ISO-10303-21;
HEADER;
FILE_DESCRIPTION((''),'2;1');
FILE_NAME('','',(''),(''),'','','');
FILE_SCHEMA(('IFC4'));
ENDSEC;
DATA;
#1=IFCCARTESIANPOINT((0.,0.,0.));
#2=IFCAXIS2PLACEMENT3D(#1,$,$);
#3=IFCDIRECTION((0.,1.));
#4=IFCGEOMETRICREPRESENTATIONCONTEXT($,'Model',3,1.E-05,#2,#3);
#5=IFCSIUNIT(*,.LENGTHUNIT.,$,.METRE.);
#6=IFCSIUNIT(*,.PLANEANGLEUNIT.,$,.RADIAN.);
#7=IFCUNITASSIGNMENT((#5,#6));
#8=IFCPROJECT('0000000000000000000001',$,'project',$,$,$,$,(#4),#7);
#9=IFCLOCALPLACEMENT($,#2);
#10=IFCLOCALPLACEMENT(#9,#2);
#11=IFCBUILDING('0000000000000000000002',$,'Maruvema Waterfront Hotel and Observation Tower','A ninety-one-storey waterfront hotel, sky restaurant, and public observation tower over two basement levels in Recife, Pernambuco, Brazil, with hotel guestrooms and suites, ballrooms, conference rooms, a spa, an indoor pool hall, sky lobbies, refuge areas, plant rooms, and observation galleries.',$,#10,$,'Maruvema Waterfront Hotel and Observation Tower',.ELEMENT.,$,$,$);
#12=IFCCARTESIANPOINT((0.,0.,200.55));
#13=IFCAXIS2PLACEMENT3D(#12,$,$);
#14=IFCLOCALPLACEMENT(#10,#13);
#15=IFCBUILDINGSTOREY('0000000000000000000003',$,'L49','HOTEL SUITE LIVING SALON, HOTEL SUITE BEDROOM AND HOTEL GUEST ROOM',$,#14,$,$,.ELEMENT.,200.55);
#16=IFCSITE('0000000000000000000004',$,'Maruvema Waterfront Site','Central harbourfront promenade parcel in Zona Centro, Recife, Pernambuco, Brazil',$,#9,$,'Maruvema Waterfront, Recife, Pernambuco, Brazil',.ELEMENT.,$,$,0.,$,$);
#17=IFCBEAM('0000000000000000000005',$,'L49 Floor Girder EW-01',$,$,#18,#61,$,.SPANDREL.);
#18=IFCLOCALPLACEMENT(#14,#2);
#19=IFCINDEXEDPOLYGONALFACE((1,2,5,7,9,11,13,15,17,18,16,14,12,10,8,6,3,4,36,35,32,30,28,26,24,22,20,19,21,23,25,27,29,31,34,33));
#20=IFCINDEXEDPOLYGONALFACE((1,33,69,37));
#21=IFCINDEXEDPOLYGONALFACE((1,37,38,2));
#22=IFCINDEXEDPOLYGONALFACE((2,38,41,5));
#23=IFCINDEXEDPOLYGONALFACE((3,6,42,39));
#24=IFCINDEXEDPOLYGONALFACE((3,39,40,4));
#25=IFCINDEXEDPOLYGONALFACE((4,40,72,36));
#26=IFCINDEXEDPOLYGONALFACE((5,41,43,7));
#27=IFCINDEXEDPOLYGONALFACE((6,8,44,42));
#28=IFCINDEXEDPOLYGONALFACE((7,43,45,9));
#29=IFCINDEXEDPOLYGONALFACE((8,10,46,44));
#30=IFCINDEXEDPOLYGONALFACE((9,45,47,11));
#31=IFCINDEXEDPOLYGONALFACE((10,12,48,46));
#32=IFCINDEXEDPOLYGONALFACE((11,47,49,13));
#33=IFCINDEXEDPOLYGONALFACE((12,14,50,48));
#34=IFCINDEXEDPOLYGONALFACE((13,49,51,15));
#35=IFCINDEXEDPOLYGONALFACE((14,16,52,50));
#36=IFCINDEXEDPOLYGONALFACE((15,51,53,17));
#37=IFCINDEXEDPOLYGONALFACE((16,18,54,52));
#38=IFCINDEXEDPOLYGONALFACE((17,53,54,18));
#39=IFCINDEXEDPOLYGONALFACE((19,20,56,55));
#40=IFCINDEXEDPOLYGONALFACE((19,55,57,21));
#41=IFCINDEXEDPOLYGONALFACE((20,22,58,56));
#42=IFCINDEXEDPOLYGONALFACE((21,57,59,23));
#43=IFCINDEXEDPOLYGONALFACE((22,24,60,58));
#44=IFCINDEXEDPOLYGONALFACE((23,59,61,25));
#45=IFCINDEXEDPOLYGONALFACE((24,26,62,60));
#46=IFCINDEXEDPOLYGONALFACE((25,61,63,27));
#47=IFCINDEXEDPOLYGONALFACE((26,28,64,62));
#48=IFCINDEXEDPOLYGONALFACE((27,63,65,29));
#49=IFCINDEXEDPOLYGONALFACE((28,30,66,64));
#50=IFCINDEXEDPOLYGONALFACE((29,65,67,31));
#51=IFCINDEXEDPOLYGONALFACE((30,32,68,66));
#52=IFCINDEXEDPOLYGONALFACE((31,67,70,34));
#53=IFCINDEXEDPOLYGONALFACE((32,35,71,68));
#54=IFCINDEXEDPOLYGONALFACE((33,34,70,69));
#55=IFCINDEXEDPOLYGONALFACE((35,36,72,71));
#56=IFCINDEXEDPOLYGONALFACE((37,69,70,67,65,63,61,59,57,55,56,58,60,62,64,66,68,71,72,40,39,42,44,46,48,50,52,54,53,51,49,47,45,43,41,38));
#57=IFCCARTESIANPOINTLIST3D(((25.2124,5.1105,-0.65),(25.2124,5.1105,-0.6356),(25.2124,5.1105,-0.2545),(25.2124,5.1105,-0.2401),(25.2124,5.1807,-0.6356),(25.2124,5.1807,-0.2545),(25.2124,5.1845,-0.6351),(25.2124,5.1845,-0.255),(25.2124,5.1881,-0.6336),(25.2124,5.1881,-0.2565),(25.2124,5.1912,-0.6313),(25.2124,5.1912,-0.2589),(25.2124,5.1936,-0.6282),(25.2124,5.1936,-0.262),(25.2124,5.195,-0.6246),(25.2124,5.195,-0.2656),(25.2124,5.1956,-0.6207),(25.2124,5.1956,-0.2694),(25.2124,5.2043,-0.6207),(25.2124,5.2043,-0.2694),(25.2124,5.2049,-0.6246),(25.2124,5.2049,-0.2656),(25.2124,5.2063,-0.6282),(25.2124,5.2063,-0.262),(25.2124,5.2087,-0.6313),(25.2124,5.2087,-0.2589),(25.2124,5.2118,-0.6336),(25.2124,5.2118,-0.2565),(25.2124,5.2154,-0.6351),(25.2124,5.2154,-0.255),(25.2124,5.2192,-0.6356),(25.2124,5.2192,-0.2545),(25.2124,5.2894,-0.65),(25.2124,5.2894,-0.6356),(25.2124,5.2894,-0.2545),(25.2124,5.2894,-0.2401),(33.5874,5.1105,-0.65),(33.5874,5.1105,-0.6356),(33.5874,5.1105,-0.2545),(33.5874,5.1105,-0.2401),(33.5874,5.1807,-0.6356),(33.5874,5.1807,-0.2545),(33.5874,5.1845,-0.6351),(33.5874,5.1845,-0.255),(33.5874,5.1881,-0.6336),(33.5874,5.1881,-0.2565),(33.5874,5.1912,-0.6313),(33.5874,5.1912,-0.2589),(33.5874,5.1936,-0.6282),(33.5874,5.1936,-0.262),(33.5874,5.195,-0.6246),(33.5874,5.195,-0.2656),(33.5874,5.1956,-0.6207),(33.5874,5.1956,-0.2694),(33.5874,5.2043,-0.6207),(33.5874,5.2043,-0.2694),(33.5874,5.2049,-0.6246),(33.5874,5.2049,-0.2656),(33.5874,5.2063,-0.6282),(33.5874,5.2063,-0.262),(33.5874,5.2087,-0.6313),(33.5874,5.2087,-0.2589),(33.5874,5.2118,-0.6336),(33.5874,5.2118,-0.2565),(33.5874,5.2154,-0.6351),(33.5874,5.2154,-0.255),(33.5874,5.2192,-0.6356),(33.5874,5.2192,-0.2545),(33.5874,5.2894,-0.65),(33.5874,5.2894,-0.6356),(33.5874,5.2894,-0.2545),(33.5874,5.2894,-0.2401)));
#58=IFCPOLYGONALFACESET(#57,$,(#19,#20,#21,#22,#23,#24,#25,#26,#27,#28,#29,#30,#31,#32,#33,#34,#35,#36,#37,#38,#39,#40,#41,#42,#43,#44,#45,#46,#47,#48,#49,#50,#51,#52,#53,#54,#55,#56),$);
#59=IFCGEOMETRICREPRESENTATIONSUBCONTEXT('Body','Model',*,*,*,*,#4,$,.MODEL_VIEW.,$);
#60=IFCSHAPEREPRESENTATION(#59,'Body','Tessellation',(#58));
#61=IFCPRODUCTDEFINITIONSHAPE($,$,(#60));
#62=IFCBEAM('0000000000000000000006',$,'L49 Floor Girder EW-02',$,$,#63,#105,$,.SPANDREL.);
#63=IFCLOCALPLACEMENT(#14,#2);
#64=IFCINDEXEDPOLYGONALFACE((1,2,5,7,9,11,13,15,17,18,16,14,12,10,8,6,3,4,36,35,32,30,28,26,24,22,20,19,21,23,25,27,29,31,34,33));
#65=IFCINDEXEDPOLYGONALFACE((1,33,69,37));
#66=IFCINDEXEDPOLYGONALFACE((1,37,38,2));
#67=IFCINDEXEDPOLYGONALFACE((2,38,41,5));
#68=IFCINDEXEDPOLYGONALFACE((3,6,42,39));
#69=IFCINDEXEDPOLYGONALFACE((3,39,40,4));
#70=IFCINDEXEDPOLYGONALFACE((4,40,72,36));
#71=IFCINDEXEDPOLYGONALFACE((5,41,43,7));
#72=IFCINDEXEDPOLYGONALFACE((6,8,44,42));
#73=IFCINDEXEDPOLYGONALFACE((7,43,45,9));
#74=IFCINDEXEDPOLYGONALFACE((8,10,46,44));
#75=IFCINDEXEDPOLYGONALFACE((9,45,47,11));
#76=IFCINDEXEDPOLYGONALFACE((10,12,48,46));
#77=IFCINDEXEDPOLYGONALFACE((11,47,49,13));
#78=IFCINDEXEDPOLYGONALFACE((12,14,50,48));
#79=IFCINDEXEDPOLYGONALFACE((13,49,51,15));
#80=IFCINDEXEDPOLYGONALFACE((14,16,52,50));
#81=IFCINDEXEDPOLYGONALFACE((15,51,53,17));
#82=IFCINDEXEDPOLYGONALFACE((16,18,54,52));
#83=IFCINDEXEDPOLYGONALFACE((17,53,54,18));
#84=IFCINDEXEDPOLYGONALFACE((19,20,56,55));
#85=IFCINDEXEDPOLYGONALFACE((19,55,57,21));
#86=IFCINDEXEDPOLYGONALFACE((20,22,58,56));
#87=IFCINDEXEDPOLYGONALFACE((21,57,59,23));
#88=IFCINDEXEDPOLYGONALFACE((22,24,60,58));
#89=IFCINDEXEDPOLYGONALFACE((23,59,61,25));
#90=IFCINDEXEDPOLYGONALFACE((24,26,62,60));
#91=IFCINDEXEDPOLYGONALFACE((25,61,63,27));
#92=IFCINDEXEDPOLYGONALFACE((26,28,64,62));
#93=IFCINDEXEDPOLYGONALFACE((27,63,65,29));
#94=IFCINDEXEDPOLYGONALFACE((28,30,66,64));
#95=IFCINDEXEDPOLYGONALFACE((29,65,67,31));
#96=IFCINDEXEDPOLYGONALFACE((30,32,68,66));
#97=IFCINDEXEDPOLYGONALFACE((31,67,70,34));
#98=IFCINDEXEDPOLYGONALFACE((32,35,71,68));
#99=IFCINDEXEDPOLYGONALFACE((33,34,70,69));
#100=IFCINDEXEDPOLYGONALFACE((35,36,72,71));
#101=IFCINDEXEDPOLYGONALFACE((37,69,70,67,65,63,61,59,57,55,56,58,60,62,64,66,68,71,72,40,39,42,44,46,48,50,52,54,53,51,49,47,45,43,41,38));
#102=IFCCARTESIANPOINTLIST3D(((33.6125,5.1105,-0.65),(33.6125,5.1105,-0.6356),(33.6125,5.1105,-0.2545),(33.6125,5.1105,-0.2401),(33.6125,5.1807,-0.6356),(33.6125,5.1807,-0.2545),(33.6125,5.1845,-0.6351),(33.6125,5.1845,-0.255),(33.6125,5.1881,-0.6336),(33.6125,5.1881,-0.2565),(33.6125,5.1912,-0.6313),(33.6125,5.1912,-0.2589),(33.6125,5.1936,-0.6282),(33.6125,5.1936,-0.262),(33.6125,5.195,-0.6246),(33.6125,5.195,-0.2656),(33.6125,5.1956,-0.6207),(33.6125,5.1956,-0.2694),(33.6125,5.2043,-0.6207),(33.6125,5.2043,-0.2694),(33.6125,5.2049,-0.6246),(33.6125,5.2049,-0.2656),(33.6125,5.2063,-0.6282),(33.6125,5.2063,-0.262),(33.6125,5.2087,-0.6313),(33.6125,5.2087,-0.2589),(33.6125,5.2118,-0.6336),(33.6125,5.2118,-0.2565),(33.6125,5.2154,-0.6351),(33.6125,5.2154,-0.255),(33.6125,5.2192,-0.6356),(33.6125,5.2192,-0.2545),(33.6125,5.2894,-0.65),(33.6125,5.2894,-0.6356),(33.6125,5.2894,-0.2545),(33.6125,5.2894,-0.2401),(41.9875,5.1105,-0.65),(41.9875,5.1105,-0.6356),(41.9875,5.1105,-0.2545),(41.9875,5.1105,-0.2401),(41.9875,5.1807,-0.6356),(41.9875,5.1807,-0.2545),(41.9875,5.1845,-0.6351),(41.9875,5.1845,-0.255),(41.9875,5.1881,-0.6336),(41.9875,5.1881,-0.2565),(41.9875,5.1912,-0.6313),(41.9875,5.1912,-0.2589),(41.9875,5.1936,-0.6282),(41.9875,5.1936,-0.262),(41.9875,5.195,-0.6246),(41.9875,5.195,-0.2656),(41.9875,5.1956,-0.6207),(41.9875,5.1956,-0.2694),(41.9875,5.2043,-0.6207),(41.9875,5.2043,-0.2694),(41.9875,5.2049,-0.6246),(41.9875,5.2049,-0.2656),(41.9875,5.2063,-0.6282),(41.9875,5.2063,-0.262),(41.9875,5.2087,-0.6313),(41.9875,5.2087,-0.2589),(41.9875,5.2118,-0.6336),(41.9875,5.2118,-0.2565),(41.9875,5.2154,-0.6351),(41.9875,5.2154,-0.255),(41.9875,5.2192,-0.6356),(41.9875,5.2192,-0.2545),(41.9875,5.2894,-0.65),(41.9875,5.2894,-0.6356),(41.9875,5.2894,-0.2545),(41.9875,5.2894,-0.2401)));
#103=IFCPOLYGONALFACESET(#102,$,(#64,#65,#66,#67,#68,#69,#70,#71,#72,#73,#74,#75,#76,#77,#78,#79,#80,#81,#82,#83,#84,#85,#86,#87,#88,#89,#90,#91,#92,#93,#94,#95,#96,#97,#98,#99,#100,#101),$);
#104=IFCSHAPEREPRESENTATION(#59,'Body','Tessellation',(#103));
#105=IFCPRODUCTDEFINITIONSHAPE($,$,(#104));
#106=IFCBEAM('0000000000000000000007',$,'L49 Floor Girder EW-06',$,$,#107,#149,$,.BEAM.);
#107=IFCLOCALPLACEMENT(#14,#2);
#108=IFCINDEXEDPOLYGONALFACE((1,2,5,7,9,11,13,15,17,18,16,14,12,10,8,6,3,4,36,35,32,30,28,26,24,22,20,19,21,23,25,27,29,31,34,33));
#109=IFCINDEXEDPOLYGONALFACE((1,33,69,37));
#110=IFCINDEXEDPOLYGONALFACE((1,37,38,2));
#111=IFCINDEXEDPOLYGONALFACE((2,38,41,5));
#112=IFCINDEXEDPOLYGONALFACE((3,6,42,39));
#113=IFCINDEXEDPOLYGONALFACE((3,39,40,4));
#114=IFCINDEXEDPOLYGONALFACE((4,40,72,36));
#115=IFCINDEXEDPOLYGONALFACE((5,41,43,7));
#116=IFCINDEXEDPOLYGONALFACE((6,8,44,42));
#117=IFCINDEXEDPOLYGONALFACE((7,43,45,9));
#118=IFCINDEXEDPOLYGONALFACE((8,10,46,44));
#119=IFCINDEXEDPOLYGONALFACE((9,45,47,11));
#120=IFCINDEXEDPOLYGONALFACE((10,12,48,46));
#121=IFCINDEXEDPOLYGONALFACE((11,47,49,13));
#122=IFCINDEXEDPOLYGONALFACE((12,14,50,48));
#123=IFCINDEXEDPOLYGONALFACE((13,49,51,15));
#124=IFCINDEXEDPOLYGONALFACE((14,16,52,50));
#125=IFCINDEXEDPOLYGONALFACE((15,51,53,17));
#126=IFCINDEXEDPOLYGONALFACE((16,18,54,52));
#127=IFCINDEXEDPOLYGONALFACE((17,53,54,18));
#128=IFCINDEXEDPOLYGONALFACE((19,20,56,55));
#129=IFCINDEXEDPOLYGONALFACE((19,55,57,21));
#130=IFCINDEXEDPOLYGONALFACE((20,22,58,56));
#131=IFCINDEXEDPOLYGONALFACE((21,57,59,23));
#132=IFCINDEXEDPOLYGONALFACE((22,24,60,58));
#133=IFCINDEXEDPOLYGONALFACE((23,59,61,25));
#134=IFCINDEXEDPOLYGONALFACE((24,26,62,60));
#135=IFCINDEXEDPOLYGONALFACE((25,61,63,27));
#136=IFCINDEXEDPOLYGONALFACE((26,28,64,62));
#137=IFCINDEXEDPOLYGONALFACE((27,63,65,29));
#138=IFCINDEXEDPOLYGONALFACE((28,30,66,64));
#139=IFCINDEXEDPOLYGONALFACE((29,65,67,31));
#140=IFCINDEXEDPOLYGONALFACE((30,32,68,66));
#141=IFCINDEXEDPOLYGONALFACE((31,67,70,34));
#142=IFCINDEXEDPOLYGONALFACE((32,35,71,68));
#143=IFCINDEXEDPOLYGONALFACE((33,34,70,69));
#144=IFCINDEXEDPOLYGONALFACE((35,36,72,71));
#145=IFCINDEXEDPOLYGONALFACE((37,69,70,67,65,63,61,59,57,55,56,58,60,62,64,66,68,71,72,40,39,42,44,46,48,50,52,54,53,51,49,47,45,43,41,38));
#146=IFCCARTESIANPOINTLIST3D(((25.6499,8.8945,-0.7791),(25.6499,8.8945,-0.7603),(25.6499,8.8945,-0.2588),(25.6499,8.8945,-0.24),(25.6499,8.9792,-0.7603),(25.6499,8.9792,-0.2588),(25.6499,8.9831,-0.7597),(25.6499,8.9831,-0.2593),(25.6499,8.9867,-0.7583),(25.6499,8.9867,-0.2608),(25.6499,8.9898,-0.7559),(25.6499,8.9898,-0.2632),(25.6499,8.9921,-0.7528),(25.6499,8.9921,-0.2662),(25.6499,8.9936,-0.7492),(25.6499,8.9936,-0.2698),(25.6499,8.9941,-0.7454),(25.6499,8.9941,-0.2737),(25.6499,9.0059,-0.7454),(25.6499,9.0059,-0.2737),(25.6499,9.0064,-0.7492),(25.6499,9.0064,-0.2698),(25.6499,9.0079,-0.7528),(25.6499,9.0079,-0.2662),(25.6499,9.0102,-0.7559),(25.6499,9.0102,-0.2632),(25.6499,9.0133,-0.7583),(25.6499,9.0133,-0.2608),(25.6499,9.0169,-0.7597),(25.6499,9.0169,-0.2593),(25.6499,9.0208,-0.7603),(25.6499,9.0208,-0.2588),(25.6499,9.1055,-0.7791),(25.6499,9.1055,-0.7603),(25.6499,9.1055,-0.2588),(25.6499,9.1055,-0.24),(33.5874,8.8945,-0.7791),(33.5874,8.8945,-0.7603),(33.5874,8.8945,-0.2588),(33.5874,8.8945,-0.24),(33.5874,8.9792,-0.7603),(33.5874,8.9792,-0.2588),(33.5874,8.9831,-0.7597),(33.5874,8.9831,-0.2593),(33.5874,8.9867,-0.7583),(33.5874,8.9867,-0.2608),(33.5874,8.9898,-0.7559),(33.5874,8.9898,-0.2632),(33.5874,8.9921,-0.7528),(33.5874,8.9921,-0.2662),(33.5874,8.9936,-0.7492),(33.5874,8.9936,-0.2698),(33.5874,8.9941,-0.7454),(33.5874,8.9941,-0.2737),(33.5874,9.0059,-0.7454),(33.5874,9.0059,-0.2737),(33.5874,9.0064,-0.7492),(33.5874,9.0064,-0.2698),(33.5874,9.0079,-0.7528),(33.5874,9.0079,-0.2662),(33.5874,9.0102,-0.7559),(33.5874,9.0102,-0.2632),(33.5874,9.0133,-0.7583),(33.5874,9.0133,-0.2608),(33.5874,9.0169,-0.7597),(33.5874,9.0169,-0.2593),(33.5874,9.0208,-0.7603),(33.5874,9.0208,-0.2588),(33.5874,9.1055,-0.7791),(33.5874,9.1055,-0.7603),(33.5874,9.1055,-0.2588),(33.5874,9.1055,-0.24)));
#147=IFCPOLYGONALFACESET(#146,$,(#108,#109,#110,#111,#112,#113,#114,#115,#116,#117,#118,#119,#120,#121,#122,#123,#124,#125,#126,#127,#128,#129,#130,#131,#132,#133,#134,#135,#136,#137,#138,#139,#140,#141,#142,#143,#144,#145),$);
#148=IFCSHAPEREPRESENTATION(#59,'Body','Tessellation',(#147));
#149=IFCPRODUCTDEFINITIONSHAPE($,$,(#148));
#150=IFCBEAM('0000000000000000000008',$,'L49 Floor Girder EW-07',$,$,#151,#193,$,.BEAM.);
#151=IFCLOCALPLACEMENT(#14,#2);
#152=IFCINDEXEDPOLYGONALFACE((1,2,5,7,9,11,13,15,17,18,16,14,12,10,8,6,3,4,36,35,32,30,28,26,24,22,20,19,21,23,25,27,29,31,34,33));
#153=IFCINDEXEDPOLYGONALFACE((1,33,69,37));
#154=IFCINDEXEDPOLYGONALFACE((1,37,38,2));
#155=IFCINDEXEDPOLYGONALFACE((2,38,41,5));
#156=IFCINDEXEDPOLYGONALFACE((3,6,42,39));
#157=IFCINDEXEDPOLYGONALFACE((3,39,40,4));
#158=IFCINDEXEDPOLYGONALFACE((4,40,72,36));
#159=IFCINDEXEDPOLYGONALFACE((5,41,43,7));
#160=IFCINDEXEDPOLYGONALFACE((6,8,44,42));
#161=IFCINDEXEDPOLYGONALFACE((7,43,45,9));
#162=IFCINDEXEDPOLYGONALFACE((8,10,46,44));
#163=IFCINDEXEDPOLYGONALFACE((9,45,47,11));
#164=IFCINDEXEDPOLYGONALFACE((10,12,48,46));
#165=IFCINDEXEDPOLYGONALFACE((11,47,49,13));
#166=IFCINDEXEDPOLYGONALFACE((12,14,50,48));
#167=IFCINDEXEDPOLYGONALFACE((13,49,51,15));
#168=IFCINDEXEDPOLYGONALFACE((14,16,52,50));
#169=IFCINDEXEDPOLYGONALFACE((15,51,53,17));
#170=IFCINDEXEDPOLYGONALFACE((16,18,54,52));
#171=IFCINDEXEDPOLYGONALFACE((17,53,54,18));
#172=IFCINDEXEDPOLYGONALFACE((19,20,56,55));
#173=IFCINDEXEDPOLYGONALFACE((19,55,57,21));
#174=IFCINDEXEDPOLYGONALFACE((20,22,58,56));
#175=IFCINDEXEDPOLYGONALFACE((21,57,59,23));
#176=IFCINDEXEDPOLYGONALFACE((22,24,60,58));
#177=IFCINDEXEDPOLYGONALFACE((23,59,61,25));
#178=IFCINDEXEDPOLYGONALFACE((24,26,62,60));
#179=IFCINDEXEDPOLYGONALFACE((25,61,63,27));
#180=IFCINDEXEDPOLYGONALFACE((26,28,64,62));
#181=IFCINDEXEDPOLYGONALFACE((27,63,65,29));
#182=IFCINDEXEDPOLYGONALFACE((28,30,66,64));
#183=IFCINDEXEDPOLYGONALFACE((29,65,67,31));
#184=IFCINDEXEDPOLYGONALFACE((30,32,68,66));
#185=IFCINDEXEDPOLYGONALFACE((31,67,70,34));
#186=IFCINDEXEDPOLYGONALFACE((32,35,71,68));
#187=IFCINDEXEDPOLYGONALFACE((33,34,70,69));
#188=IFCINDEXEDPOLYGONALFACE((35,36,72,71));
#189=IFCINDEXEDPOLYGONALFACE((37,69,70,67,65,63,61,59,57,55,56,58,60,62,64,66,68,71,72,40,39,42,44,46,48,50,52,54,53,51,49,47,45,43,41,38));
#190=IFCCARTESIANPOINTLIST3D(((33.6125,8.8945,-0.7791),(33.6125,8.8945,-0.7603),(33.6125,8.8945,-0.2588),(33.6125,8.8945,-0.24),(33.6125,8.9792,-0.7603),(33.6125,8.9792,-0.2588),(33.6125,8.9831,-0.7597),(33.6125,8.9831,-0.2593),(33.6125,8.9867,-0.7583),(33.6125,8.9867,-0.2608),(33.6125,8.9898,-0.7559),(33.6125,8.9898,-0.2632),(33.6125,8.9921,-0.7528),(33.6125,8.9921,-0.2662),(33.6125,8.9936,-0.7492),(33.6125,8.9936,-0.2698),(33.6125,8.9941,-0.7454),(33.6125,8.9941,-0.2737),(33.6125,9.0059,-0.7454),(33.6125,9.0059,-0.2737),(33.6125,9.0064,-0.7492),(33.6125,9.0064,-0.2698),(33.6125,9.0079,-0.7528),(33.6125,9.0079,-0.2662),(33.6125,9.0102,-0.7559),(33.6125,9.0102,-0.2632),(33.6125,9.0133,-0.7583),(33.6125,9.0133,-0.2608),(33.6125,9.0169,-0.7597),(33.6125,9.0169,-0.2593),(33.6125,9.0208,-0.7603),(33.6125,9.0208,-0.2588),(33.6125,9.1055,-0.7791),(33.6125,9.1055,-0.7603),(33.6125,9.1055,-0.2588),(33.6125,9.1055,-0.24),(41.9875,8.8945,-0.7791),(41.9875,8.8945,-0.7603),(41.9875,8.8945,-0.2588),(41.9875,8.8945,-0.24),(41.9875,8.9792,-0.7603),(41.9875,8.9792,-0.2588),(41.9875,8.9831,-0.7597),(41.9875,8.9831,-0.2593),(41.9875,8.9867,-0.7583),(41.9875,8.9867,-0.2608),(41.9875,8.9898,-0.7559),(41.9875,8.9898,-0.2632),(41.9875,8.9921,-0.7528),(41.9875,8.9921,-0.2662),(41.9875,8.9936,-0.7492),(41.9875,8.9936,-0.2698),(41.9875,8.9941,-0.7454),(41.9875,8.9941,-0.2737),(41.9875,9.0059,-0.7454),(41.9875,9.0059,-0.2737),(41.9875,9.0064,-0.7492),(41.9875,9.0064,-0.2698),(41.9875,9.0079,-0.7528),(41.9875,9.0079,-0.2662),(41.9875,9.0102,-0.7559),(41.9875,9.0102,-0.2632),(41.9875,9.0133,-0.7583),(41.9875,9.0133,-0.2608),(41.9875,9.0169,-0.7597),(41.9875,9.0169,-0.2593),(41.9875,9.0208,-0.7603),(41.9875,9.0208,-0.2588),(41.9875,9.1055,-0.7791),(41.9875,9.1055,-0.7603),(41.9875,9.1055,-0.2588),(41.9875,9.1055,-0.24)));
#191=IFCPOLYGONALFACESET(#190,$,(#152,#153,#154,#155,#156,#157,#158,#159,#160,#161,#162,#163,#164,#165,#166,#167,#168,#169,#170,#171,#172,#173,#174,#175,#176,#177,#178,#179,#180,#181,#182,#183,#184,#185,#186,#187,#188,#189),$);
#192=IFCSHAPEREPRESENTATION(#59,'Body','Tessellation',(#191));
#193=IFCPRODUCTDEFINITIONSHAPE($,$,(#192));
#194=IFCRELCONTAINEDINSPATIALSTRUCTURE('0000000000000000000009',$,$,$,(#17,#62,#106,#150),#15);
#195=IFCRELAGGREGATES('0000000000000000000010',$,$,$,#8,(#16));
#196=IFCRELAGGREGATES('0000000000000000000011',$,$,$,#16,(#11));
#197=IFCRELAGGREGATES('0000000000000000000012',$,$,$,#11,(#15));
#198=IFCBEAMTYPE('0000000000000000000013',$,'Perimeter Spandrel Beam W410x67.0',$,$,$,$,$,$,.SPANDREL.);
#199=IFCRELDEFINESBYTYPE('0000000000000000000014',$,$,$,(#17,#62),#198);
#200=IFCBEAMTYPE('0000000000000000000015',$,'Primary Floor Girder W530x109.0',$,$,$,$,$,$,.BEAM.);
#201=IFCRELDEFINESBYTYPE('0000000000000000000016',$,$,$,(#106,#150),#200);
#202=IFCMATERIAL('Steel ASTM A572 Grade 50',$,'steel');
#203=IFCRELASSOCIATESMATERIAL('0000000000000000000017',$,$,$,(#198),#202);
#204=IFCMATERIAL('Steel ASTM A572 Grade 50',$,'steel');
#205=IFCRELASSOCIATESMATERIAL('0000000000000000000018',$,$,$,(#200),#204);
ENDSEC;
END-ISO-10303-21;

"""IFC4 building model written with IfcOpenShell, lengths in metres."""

from ifc_helpers import new_model, si_unit, direction, frame, origin, origin_2d, place, context, subcontext, project, spatial, i_section, extrude, material, material_profile, profile_set, type_object, element, save


model = new_model("IFC4")

# Units and contexts
model_context = context("Model", 3, precision=1e-05, world=origin(), true_north=direction((0.0, 1.0)))
body_context = subcontext(model_context, "Body", "Model", "MODEL_VIEW")
ifc_project = project(units=[si_unit("LENGTHUNIT", "METRE"), si_unit("PLANEANGLEUNIT", "RADIAN")], contexts=[model_context])

# Site, building, storey
site_placement = place(None, origin())
site = spatial("IfcSite", under=ifc_project, at=site_placement, Name="Maruvema Waterfront Site", Description="Central harbourfront promenade parcel in Zona Centro, Recife, Pernambuco, Brazil", LongName="Maruvema Waterfront, Recife, Pernambuco, Brazil", CompositionType="ELEMENT", RefElevation=0.0)
building_placement = place(site_placement, origin())
building = spatial("IfcBuilding", under=site, at=building_placement, Name="Maruvema Waterfront Hotel and Observation Tower", Description="A ninety-one-storey waterfront hotel, sky restaurant, and public observation tower over two basement levels in Recife, Pernambuco, Brazil, with hotel guestrooms and suites, ballrooms, conference rooms, a spa, an indoor pool hall, sky lobbies, refuge areas, plant rooms, and observation galleries.", LongName="Maruvema Waterfront Hotel and Observation Tower", CompositionType="ELEMENT")
storey_placement = place(building_placement, frame((0.0, 0.0, 200.55)))
storey = spatial("IfcBuildingStorey", under=building, at=storey_placement, Name="L49", Description="HOTEL SUITE LIVING SALON, HOTEL SUITE BEDROOM AND HOTEL GUEST ROOM", CompositionType="ELEMENT", Elevation=200.55)

# Beams
ifc_material_1 = material(Name="Steel ASTM A572 Grade 50", Category="steel")
ifc_material_profile_1 = material_profile(ifc_material_1, i_section(OverallWidth=0.179, OverallDepth=0.4099, WebThickness=0.0088, FlangeThickness=0.0144, FilletRadius=0.0149, at=origin_2d()), Name="W410x67.0")
ifc_profile_set_1 = profile_set([ifc_material_profile_1], Name="Steel ASTM A572 Grade 50")
beam_type_1 = type_object("IfcBeamType", Name="Perimeter Spandrel Beam W410x67.0", PredefinedType="SPANDREL", material=ifc_profile_set_1)
for number, where, z_axis, x_axis, name in (
    (1, (25.2124, 5.2, -0.4451), (1.0, 0.0, 0.0), (0.0, 1.0, 0.0), "L49 Floor Girder EW-01"),
    (2, (33.6125, 5.2, -0.4451), (1.0, 0.0, 0.0), (0.0, 1.0, 0.0), "L49 Floor Girder EW-02"),
):
    element("IfcBeam", number, at=place(storey_placement, frame(where, z_axis=z_axis, x_axis=x_axis)), inside=storey, type_object=beam_type_1, Name=name, PredefinedType="SPANDREL", context=body_context, shape_type="SweptSolid", body=[
        extrude(i_section(OverallWidth=0.179, OverallDepth=0.4099, WebThickness=0.0088, FlangeThickness=0.0144, FilletRadius=0.0149, at=origin_2d()), origin(), (0.0, 0.0, 1.0), 8.375),
    ])
ifc_material_2 = material(Name="Steel ASTM A572 Grade 50", Category="steel")
ifc_material_profile_2 = material_profile(ifc_material_2, i_section(OverallWidth=0.2109, OverallDepth=0.5391, WebThickness=0.0117, FlangeThickness=0.0188, FilletRadius=0.0149, at=origin_2d()), Name="W530x109.0")
ifc_profile_set_2 = profile_set([ifc_material_profile_2], Name="Steel ASTM A572 Grade 50")
beam_type_2 = type_object("IfcBeamType", Name="Primary Floor Girder W530x109.0", PredefinedType="BEAM", material=ifc_profile_set_2)
beam_1_placement = place(storey_placement, frame((25.6499, 9.0, -0.5095), z_axis=(1.0, 0.0, 0.0), x_axis=(0.0, 1.0, 0.0)))
element("IfcBeam", 3, at=beam_1_placement, inside=storey, type_object=beam_type_2, Name="L49 Floor Girder EW-06", PredefinedType="BEAM", context=body_context, shape_type="SweptSolid", body=[
    extrude(i_section(OverallWidth=0.2109, OverallDepth=0.5391, WebThickness=0.0117, FlangeThickness=0.0188, FilletRadius=0.0149, at=origin_2d()), origin(), (0.0, 0.0, 1.0), 7.9375),
])
beam_2_placement = place(storey_placement, frame((33.6125, 9.0, -0.5095), z_axis=(1.0, 0.0, 0.0), x_axis=(0.0, 1.0, 0.0)))
element("IfcBeam", 4, at=beam_2_placement, inside=storey, type_object=beam_type_2, Name="L49 Floor Girder EW-07", PredefinedType="BEAM", context=body_context, shape_type="SweptSolid", body=[
    extrude(i_section(OverallWidth=0.2109, OverallDepth=0.5391, WebThickness=0.0117, FlangeThickness=0.0188, FilletRadius=0.0149, at=origin_2d()), origin(), (0.0, 0.0, 1.0), 8.375),
])

save(model, "model.ifc")
